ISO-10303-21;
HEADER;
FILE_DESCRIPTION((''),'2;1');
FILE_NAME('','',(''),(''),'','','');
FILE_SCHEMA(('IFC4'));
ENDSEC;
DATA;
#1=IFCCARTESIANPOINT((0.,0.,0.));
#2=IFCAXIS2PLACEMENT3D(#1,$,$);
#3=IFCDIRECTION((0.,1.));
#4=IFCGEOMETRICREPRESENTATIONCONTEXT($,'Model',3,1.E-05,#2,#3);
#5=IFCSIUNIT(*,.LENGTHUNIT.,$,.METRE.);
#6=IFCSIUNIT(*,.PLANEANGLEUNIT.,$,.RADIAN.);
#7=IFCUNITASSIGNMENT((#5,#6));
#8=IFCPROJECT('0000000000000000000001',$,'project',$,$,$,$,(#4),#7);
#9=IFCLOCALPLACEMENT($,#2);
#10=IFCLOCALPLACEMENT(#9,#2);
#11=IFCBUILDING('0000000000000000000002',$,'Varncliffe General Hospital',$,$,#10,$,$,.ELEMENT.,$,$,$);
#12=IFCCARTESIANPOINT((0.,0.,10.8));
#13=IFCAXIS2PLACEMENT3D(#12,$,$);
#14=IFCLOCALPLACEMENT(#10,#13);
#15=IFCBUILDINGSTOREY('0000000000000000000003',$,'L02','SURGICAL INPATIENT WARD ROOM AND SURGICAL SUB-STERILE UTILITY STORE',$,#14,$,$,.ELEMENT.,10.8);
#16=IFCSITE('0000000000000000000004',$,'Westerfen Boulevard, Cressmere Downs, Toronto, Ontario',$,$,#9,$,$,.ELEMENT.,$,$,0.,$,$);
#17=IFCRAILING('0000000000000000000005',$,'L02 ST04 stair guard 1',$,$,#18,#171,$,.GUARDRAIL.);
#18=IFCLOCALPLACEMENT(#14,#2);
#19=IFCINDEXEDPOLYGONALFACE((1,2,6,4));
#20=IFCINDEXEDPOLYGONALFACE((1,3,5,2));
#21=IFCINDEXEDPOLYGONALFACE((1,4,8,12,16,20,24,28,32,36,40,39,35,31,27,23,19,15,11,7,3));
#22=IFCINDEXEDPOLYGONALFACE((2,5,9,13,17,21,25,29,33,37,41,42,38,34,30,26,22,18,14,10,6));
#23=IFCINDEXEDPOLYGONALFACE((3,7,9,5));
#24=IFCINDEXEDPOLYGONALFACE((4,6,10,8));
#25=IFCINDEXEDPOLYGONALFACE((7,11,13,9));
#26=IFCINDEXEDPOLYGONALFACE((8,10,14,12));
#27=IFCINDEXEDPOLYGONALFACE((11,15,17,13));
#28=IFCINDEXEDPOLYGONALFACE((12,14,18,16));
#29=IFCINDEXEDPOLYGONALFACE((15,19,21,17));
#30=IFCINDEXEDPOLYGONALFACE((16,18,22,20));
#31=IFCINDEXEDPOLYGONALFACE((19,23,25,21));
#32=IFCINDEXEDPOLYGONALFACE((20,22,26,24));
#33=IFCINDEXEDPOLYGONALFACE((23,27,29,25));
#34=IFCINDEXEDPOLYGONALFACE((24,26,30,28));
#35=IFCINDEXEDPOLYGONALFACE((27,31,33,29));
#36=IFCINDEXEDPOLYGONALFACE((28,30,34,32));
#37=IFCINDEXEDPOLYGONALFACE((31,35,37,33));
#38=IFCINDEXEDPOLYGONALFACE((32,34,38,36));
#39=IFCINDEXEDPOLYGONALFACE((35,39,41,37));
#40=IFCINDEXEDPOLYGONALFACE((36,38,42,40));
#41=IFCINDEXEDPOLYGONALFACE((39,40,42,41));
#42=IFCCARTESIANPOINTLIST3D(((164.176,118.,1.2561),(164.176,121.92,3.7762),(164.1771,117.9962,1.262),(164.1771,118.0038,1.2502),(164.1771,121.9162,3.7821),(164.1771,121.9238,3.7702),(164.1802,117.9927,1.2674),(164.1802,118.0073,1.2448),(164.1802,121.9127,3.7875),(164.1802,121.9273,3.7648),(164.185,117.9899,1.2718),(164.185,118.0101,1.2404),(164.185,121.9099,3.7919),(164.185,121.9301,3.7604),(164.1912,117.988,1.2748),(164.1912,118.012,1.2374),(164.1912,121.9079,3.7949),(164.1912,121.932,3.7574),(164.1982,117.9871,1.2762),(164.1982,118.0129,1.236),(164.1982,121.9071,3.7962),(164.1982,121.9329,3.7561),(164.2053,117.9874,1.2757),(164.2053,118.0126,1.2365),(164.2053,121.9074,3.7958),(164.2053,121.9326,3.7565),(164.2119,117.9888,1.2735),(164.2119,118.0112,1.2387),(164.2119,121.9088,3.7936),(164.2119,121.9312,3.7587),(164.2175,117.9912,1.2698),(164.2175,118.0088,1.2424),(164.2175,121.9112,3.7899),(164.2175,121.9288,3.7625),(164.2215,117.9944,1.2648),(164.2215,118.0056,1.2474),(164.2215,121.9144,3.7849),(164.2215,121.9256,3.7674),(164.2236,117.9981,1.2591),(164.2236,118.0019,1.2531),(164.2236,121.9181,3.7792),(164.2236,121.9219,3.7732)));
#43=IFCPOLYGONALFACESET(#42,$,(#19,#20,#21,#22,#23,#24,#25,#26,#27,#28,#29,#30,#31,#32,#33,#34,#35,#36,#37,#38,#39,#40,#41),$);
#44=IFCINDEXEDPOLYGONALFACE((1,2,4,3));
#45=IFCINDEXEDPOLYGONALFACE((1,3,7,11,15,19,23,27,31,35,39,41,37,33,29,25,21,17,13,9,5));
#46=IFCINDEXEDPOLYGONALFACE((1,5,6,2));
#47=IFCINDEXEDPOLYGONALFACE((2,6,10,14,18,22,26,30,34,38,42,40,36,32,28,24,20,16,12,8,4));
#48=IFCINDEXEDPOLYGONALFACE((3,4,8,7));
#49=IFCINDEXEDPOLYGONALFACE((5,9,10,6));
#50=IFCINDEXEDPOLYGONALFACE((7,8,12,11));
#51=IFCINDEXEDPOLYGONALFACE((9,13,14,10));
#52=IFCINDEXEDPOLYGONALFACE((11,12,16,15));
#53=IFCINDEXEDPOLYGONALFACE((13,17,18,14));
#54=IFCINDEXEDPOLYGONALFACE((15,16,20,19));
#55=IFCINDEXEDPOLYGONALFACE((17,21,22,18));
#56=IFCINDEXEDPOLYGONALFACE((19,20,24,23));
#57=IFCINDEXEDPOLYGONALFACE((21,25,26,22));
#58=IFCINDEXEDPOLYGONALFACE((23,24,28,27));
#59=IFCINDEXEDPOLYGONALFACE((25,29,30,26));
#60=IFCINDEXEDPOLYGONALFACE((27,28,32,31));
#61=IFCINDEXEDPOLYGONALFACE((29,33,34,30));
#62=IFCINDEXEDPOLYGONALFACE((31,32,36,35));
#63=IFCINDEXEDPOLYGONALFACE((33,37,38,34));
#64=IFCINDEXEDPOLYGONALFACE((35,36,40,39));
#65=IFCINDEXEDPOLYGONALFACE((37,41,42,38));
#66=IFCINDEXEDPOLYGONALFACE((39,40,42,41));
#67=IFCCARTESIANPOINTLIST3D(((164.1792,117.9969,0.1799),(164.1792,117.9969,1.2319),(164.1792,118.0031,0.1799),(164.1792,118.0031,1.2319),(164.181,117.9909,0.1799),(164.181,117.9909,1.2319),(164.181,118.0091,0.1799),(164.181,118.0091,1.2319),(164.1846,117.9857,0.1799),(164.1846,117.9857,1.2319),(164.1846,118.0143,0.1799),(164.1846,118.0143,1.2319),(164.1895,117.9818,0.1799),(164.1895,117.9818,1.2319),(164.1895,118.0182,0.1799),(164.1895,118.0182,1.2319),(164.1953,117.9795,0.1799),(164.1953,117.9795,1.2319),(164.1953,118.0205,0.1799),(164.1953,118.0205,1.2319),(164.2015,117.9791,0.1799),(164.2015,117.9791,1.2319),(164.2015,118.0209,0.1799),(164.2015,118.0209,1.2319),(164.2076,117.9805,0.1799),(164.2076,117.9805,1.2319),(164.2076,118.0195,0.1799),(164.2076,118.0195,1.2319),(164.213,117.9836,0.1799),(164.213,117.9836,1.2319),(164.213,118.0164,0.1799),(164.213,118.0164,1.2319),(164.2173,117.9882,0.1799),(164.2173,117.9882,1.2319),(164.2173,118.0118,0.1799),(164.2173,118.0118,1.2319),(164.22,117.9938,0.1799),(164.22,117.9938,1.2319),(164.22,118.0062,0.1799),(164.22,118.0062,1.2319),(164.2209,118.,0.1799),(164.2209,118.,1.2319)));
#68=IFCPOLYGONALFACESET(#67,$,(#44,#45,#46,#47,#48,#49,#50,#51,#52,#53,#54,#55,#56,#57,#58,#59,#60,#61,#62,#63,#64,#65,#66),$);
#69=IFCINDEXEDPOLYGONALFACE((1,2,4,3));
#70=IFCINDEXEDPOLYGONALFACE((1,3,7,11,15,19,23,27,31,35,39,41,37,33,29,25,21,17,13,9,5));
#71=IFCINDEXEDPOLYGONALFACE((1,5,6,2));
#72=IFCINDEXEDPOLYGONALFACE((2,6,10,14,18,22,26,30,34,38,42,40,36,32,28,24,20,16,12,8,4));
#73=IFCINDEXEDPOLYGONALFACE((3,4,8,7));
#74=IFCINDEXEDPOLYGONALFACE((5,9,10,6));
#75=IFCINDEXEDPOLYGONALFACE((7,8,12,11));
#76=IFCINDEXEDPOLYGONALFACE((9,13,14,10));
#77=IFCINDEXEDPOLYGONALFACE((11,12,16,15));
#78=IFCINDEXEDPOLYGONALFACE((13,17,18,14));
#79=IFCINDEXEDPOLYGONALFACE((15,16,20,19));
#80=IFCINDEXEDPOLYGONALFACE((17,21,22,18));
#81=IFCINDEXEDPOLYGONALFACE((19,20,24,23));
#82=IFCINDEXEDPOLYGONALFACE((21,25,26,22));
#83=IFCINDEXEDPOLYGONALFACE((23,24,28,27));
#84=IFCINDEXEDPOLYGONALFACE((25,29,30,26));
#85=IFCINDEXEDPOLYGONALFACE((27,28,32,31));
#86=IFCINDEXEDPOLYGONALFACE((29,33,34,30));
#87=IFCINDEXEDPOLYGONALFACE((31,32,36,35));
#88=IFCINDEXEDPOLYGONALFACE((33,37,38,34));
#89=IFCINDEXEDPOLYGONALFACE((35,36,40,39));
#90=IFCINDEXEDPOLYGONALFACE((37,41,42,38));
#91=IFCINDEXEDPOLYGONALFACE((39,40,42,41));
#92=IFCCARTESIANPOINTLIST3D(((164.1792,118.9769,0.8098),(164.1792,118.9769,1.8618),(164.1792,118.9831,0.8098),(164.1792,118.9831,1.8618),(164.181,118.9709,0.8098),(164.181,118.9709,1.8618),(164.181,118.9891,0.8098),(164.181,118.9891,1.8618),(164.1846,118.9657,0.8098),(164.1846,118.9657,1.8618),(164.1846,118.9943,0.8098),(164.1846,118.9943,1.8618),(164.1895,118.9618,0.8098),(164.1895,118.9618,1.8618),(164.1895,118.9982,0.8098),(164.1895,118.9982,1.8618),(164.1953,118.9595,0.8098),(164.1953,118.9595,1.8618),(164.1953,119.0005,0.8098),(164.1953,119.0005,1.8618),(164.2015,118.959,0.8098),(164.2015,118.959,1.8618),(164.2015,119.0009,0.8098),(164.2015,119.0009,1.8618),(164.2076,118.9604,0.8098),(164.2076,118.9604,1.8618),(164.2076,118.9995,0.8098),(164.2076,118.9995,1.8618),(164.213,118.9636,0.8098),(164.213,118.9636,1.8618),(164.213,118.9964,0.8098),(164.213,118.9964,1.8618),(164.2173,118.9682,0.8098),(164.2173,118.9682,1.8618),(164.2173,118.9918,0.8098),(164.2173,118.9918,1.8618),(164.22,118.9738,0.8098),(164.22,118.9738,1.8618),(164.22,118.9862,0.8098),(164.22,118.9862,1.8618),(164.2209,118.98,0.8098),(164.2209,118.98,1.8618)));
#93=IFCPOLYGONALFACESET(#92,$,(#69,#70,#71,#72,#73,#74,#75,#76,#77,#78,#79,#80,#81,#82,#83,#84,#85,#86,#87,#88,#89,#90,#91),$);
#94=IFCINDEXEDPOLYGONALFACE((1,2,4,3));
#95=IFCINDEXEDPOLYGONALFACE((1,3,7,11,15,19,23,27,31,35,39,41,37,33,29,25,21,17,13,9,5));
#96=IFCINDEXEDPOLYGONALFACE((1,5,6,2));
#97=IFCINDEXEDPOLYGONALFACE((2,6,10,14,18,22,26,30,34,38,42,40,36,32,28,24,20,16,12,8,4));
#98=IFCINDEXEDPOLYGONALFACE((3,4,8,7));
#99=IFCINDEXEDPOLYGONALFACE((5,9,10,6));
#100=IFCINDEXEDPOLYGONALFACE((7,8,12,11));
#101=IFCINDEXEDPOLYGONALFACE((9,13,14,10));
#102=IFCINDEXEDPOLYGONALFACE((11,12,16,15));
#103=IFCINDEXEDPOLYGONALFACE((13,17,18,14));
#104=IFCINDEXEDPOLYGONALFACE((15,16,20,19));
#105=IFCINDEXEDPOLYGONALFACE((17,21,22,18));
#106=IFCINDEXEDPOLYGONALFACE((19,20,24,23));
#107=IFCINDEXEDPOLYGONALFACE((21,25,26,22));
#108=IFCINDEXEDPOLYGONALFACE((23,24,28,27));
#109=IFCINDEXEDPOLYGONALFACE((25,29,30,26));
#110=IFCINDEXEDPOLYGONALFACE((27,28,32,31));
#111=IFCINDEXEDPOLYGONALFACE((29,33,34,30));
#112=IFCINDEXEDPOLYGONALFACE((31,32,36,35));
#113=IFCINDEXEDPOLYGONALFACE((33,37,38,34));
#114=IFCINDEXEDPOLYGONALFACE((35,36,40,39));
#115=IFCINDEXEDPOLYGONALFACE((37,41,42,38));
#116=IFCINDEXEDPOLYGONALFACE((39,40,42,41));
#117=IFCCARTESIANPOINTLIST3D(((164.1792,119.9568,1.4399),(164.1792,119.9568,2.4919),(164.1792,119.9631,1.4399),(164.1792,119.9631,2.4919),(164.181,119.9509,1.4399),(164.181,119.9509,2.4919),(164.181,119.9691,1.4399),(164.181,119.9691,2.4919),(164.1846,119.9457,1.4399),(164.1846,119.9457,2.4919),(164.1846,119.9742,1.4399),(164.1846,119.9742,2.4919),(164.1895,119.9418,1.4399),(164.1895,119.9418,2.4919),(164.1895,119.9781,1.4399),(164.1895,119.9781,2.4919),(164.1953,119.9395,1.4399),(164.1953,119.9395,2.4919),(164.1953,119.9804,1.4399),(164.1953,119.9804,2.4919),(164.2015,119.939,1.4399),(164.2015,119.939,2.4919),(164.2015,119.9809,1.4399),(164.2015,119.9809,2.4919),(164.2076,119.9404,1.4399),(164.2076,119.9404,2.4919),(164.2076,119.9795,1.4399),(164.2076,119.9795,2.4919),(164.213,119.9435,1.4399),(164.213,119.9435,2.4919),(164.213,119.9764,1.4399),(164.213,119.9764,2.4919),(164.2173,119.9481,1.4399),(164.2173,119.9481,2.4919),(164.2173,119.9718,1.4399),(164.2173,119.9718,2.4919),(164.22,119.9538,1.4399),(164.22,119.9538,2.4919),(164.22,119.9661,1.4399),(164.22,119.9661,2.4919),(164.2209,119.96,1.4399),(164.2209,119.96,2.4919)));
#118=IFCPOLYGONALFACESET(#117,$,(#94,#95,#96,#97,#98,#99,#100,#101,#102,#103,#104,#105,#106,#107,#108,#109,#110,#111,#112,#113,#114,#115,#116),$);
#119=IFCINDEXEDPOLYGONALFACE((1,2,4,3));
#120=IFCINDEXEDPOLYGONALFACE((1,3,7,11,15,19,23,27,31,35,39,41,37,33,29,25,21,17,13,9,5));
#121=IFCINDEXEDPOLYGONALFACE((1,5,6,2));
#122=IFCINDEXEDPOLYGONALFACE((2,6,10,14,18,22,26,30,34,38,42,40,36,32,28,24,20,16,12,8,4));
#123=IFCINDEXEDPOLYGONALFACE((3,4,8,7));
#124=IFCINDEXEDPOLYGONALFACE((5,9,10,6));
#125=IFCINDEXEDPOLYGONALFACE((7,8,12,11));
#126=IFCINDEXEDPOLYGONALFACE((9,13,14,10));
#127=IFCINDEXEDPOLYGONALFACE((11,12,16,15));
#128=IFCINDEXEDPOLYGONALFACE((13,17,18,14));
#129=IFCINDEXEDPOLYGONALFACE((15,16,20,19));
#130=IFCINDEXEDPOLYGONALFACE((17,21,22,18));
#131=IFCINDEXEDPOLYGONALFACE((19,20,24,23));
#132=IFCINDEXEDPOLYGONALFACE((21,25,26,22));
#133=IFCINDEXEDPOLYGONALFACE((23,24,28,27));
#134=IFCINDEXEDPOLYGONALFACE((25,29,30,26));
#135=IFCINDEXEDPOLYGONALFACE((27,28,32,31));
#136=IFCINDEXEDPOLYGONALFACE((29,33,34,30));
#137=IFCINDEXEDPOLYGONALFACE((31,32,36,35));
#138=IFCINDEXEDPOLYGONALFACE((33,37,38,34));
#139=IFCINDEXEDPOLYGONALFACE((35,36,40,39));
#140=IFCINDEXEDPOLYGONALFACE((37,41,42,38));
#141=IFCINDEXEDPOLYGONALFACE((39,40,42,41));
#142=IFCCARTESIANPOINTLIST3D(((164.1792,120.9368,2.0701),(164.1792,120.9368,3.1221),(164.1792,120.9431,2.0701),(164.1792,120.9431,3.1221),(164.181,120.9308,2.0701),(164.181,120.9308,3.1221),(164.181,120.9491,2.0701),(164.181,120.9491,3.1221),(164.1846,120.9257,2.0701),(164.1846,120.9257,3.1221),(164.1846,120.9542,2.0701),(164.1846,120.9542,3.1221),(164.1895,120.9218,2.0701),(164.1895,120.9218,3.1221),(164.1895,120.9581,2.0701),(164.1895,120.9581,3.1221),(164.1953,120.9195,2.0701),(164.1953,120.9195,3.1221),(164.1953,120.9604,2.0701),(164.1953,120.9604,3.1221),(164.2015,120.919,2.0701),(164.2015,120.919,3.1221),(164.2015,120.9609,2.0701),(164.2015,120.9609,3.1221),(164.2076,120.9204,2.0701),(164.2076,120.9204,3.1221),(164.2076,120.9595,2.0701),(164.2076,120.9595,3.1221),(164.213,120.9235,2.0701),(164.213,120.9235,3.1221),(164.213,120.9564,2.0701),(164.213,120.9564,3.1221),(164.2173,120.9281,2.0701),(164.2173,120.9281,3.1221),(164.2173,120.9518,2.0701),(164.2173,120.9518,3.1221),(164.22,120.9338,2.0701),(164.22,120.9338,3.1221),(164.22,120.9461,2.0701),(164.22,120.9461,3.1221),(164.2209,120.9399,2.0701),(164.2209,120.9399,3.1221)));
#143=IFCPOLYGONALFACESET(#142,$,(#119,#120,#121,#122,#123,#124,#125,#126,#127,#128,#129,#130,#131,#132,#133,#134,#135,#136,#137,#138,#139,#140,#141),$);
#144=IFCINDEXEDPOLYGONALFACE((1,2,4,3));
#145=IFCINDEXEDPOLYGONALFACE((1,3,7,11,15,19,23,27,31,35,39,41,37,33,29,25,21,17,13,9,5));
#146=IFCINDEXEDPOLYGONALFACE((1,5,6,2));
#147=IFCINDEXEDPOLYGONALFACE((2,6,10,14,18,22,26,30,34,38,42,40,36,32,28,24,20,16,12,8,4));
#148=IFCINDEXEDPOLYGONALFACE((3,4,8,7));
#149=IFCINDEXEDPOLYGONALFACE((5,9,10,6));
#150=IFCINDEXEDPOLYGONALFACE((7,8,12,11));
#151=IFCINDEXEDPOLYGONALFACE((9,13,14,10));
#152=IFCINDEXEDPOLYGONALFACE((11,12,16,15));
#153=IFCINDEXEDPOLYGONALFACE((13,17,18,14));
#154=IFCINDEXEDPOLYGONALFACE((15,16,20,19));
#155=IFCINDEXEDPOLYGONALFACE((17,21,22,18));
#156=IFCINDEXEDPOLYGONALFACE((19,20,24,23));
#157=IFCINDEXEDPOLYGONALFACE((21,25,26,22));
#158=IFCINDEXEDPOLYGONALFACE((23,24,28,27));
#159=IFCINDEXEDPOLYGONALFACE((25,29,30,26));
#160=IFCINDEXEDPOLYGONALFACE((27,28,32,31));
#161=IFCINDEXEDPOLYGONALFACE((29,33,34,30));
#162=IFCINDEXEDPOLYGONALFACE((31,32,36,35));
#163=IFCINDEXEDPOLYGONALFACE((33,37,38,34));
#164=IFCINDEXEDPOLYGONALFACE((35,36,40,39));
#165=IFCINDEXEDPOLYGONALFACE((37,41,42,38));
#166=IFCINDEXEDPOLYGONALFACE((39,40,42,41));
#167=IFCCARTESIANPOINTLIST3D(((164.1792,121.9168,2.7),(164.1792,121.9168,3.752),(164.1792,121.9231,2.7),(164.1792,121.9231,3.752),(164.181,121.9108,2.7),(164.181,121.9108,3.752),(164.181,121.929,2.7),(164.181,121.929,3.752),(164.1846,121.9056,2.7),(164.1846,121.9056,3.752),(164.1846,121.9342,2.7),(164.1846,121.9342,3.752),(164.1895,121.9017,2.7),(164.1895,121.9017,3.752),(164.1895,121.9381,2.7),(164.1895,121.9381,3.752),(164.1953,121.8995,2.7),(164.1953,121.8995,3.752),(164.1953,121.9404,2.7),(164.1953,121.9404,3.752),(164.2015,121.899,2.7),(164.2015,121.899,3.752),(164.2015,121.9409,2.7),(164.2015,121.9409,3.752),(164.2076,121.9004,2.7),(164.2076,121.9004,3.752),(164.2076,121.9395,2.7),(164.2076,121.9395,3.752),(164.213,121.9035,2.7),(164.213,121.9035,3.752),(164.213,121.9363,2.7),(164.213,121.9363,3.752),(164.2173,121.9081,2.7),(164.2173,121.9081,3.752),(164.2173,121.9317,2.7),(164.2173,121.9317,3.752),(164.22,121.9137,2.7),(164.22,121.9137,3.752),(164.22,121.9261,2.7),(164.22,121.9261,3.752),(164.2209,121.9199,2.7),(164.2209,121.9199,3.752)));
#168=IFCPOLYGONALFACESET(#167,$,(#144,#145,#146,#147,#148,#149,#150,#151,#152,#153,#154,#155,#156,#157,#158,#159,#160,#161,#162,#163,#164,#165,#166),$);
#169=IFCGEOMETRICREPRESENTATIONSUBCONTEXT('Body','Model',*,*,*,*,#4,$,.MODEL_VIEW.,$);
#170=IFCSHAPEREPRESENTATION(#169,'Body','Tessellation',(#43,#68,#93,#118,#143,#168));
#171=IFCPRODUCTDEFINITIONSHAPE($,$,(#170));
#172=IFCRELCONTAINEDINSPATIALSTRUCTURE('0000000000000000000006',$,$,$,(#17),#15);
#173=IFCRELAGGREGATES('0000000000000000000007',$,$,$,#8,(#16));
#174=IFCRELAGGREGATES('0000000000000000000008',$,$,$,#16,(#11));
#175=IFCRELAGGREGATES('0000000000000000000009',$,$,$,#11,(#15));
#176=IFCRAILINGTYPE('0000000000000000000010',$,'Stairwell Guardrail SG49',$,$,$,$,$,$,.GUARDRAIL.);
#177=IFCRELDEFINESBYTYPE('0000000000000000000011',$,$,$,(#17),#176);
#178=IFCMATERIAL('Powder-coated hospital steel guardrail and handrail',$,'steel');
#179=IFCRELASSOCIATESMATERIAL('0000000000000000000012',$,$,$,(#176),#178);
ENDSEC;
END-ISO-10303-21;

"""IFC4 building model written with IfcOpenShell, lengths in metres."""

from ifc_helpers import new_model, si_unit, direction, frame, origin, origin_2d, place, context, subcontext, project, spatial, circle, extrude, material, type_object, element, save


model = new_model("IFC4")

# Units and contexts
model_context = context("Model", 3, precision=1e-05, world=origin(), true_north=direction((0.0, 1.0)))
body_context = subcontext(model_context, "Body", "Model", "MODEL_VIEW")
ifc_project = project(units=[si_unit("LENGTHUNIT", "METRE"), si_unit("PLANEANGLEUNIT", "RADIAN")], contexts=[model_context])

# Site, building, storey
site_placement = place(None, origin())
site = spatial("IfcSite", under=ifc_project, at=site_placement, Name="Westerfen Boulevard, Cressmere Downs, Toronto, Ontario", CompositionType="ELEMENT", RefElevation=0.0)
building_placement = place(site_placement, origin())
building = spatial("IfcBuilding", under=site, at=building_placement, Name="Varncliffe General Hospital", CompositionType="ELEMENT")
storey_placement = place(building_placement, frame((0.0, 0.0, 10.8)))
storey = spatial("IfcBuildingStorey", under=building, at=storey_placement, Name="L02", Description="SURGICAL INPATIENT WARD ROOM AND SURGICAL SUB-STERILE UTILITY STORE", CompositionType="ELEMENT", Elevation=10.8)

# Railing
ifc_material_1 = material(Name="Powder-coated hospital steel guardrail and handrail", Category="steel")
railing_type_1 = type_object("IfcRailingType", Name="Stairwell Guardrail SG49", PredefinedType="GUARDRAIL", material=ifc_material_1)
railing_1_placement = place(storey_placement, frame((164.2, 118.0, 0.1799)))
element("IfcRailing", 1, at=railing_1_placement, inside=storey, type_object=railing_type_1, Name="L02 ST04 stair guard 1", PredefinedType="GUARDRAIL", context=body_context, shape_type="SweptSolid", body=[
    extrude(circle(Radius=0.0239, at=origin_2d()), frame((0.0, 0.0, 1.0762), z_axis=(0.0, 0.841172, 0.540768), x_axis=(-1.0, 0.0, 0.0)), (0.0, 0.0, 1.0), 4.6602),
    extrude(circle(Radius=0.021, at=origin_2d()), origin(), (0.0, 0.0, 1.0), 1.052),
    extrude(circle(Radius=0.021, at=origin_2d()), frame((0.0, 0.98, 0.6299)), (0.0, 0.0, 1.0), 1.052),
    extrude(circle(Radius=0.021, at=origin_2d()), frame((0.0, 1.96, 1.26)), (0.0, 0.0, 1.0), 1.052),
    extrude(circle(Radius=0.021, at=origin_2d()), frame((0.0, 2.9399, 1.8901)), (0.0, 0.0, 1.0), 1.052),
    extrude(circle(Radius=0.021, at=origin_2d()), frame((0.0, 3.9199, 2.52)), (0.0, 0.0, 1.0), 1.052),
])

save(model, "model.ifc")
